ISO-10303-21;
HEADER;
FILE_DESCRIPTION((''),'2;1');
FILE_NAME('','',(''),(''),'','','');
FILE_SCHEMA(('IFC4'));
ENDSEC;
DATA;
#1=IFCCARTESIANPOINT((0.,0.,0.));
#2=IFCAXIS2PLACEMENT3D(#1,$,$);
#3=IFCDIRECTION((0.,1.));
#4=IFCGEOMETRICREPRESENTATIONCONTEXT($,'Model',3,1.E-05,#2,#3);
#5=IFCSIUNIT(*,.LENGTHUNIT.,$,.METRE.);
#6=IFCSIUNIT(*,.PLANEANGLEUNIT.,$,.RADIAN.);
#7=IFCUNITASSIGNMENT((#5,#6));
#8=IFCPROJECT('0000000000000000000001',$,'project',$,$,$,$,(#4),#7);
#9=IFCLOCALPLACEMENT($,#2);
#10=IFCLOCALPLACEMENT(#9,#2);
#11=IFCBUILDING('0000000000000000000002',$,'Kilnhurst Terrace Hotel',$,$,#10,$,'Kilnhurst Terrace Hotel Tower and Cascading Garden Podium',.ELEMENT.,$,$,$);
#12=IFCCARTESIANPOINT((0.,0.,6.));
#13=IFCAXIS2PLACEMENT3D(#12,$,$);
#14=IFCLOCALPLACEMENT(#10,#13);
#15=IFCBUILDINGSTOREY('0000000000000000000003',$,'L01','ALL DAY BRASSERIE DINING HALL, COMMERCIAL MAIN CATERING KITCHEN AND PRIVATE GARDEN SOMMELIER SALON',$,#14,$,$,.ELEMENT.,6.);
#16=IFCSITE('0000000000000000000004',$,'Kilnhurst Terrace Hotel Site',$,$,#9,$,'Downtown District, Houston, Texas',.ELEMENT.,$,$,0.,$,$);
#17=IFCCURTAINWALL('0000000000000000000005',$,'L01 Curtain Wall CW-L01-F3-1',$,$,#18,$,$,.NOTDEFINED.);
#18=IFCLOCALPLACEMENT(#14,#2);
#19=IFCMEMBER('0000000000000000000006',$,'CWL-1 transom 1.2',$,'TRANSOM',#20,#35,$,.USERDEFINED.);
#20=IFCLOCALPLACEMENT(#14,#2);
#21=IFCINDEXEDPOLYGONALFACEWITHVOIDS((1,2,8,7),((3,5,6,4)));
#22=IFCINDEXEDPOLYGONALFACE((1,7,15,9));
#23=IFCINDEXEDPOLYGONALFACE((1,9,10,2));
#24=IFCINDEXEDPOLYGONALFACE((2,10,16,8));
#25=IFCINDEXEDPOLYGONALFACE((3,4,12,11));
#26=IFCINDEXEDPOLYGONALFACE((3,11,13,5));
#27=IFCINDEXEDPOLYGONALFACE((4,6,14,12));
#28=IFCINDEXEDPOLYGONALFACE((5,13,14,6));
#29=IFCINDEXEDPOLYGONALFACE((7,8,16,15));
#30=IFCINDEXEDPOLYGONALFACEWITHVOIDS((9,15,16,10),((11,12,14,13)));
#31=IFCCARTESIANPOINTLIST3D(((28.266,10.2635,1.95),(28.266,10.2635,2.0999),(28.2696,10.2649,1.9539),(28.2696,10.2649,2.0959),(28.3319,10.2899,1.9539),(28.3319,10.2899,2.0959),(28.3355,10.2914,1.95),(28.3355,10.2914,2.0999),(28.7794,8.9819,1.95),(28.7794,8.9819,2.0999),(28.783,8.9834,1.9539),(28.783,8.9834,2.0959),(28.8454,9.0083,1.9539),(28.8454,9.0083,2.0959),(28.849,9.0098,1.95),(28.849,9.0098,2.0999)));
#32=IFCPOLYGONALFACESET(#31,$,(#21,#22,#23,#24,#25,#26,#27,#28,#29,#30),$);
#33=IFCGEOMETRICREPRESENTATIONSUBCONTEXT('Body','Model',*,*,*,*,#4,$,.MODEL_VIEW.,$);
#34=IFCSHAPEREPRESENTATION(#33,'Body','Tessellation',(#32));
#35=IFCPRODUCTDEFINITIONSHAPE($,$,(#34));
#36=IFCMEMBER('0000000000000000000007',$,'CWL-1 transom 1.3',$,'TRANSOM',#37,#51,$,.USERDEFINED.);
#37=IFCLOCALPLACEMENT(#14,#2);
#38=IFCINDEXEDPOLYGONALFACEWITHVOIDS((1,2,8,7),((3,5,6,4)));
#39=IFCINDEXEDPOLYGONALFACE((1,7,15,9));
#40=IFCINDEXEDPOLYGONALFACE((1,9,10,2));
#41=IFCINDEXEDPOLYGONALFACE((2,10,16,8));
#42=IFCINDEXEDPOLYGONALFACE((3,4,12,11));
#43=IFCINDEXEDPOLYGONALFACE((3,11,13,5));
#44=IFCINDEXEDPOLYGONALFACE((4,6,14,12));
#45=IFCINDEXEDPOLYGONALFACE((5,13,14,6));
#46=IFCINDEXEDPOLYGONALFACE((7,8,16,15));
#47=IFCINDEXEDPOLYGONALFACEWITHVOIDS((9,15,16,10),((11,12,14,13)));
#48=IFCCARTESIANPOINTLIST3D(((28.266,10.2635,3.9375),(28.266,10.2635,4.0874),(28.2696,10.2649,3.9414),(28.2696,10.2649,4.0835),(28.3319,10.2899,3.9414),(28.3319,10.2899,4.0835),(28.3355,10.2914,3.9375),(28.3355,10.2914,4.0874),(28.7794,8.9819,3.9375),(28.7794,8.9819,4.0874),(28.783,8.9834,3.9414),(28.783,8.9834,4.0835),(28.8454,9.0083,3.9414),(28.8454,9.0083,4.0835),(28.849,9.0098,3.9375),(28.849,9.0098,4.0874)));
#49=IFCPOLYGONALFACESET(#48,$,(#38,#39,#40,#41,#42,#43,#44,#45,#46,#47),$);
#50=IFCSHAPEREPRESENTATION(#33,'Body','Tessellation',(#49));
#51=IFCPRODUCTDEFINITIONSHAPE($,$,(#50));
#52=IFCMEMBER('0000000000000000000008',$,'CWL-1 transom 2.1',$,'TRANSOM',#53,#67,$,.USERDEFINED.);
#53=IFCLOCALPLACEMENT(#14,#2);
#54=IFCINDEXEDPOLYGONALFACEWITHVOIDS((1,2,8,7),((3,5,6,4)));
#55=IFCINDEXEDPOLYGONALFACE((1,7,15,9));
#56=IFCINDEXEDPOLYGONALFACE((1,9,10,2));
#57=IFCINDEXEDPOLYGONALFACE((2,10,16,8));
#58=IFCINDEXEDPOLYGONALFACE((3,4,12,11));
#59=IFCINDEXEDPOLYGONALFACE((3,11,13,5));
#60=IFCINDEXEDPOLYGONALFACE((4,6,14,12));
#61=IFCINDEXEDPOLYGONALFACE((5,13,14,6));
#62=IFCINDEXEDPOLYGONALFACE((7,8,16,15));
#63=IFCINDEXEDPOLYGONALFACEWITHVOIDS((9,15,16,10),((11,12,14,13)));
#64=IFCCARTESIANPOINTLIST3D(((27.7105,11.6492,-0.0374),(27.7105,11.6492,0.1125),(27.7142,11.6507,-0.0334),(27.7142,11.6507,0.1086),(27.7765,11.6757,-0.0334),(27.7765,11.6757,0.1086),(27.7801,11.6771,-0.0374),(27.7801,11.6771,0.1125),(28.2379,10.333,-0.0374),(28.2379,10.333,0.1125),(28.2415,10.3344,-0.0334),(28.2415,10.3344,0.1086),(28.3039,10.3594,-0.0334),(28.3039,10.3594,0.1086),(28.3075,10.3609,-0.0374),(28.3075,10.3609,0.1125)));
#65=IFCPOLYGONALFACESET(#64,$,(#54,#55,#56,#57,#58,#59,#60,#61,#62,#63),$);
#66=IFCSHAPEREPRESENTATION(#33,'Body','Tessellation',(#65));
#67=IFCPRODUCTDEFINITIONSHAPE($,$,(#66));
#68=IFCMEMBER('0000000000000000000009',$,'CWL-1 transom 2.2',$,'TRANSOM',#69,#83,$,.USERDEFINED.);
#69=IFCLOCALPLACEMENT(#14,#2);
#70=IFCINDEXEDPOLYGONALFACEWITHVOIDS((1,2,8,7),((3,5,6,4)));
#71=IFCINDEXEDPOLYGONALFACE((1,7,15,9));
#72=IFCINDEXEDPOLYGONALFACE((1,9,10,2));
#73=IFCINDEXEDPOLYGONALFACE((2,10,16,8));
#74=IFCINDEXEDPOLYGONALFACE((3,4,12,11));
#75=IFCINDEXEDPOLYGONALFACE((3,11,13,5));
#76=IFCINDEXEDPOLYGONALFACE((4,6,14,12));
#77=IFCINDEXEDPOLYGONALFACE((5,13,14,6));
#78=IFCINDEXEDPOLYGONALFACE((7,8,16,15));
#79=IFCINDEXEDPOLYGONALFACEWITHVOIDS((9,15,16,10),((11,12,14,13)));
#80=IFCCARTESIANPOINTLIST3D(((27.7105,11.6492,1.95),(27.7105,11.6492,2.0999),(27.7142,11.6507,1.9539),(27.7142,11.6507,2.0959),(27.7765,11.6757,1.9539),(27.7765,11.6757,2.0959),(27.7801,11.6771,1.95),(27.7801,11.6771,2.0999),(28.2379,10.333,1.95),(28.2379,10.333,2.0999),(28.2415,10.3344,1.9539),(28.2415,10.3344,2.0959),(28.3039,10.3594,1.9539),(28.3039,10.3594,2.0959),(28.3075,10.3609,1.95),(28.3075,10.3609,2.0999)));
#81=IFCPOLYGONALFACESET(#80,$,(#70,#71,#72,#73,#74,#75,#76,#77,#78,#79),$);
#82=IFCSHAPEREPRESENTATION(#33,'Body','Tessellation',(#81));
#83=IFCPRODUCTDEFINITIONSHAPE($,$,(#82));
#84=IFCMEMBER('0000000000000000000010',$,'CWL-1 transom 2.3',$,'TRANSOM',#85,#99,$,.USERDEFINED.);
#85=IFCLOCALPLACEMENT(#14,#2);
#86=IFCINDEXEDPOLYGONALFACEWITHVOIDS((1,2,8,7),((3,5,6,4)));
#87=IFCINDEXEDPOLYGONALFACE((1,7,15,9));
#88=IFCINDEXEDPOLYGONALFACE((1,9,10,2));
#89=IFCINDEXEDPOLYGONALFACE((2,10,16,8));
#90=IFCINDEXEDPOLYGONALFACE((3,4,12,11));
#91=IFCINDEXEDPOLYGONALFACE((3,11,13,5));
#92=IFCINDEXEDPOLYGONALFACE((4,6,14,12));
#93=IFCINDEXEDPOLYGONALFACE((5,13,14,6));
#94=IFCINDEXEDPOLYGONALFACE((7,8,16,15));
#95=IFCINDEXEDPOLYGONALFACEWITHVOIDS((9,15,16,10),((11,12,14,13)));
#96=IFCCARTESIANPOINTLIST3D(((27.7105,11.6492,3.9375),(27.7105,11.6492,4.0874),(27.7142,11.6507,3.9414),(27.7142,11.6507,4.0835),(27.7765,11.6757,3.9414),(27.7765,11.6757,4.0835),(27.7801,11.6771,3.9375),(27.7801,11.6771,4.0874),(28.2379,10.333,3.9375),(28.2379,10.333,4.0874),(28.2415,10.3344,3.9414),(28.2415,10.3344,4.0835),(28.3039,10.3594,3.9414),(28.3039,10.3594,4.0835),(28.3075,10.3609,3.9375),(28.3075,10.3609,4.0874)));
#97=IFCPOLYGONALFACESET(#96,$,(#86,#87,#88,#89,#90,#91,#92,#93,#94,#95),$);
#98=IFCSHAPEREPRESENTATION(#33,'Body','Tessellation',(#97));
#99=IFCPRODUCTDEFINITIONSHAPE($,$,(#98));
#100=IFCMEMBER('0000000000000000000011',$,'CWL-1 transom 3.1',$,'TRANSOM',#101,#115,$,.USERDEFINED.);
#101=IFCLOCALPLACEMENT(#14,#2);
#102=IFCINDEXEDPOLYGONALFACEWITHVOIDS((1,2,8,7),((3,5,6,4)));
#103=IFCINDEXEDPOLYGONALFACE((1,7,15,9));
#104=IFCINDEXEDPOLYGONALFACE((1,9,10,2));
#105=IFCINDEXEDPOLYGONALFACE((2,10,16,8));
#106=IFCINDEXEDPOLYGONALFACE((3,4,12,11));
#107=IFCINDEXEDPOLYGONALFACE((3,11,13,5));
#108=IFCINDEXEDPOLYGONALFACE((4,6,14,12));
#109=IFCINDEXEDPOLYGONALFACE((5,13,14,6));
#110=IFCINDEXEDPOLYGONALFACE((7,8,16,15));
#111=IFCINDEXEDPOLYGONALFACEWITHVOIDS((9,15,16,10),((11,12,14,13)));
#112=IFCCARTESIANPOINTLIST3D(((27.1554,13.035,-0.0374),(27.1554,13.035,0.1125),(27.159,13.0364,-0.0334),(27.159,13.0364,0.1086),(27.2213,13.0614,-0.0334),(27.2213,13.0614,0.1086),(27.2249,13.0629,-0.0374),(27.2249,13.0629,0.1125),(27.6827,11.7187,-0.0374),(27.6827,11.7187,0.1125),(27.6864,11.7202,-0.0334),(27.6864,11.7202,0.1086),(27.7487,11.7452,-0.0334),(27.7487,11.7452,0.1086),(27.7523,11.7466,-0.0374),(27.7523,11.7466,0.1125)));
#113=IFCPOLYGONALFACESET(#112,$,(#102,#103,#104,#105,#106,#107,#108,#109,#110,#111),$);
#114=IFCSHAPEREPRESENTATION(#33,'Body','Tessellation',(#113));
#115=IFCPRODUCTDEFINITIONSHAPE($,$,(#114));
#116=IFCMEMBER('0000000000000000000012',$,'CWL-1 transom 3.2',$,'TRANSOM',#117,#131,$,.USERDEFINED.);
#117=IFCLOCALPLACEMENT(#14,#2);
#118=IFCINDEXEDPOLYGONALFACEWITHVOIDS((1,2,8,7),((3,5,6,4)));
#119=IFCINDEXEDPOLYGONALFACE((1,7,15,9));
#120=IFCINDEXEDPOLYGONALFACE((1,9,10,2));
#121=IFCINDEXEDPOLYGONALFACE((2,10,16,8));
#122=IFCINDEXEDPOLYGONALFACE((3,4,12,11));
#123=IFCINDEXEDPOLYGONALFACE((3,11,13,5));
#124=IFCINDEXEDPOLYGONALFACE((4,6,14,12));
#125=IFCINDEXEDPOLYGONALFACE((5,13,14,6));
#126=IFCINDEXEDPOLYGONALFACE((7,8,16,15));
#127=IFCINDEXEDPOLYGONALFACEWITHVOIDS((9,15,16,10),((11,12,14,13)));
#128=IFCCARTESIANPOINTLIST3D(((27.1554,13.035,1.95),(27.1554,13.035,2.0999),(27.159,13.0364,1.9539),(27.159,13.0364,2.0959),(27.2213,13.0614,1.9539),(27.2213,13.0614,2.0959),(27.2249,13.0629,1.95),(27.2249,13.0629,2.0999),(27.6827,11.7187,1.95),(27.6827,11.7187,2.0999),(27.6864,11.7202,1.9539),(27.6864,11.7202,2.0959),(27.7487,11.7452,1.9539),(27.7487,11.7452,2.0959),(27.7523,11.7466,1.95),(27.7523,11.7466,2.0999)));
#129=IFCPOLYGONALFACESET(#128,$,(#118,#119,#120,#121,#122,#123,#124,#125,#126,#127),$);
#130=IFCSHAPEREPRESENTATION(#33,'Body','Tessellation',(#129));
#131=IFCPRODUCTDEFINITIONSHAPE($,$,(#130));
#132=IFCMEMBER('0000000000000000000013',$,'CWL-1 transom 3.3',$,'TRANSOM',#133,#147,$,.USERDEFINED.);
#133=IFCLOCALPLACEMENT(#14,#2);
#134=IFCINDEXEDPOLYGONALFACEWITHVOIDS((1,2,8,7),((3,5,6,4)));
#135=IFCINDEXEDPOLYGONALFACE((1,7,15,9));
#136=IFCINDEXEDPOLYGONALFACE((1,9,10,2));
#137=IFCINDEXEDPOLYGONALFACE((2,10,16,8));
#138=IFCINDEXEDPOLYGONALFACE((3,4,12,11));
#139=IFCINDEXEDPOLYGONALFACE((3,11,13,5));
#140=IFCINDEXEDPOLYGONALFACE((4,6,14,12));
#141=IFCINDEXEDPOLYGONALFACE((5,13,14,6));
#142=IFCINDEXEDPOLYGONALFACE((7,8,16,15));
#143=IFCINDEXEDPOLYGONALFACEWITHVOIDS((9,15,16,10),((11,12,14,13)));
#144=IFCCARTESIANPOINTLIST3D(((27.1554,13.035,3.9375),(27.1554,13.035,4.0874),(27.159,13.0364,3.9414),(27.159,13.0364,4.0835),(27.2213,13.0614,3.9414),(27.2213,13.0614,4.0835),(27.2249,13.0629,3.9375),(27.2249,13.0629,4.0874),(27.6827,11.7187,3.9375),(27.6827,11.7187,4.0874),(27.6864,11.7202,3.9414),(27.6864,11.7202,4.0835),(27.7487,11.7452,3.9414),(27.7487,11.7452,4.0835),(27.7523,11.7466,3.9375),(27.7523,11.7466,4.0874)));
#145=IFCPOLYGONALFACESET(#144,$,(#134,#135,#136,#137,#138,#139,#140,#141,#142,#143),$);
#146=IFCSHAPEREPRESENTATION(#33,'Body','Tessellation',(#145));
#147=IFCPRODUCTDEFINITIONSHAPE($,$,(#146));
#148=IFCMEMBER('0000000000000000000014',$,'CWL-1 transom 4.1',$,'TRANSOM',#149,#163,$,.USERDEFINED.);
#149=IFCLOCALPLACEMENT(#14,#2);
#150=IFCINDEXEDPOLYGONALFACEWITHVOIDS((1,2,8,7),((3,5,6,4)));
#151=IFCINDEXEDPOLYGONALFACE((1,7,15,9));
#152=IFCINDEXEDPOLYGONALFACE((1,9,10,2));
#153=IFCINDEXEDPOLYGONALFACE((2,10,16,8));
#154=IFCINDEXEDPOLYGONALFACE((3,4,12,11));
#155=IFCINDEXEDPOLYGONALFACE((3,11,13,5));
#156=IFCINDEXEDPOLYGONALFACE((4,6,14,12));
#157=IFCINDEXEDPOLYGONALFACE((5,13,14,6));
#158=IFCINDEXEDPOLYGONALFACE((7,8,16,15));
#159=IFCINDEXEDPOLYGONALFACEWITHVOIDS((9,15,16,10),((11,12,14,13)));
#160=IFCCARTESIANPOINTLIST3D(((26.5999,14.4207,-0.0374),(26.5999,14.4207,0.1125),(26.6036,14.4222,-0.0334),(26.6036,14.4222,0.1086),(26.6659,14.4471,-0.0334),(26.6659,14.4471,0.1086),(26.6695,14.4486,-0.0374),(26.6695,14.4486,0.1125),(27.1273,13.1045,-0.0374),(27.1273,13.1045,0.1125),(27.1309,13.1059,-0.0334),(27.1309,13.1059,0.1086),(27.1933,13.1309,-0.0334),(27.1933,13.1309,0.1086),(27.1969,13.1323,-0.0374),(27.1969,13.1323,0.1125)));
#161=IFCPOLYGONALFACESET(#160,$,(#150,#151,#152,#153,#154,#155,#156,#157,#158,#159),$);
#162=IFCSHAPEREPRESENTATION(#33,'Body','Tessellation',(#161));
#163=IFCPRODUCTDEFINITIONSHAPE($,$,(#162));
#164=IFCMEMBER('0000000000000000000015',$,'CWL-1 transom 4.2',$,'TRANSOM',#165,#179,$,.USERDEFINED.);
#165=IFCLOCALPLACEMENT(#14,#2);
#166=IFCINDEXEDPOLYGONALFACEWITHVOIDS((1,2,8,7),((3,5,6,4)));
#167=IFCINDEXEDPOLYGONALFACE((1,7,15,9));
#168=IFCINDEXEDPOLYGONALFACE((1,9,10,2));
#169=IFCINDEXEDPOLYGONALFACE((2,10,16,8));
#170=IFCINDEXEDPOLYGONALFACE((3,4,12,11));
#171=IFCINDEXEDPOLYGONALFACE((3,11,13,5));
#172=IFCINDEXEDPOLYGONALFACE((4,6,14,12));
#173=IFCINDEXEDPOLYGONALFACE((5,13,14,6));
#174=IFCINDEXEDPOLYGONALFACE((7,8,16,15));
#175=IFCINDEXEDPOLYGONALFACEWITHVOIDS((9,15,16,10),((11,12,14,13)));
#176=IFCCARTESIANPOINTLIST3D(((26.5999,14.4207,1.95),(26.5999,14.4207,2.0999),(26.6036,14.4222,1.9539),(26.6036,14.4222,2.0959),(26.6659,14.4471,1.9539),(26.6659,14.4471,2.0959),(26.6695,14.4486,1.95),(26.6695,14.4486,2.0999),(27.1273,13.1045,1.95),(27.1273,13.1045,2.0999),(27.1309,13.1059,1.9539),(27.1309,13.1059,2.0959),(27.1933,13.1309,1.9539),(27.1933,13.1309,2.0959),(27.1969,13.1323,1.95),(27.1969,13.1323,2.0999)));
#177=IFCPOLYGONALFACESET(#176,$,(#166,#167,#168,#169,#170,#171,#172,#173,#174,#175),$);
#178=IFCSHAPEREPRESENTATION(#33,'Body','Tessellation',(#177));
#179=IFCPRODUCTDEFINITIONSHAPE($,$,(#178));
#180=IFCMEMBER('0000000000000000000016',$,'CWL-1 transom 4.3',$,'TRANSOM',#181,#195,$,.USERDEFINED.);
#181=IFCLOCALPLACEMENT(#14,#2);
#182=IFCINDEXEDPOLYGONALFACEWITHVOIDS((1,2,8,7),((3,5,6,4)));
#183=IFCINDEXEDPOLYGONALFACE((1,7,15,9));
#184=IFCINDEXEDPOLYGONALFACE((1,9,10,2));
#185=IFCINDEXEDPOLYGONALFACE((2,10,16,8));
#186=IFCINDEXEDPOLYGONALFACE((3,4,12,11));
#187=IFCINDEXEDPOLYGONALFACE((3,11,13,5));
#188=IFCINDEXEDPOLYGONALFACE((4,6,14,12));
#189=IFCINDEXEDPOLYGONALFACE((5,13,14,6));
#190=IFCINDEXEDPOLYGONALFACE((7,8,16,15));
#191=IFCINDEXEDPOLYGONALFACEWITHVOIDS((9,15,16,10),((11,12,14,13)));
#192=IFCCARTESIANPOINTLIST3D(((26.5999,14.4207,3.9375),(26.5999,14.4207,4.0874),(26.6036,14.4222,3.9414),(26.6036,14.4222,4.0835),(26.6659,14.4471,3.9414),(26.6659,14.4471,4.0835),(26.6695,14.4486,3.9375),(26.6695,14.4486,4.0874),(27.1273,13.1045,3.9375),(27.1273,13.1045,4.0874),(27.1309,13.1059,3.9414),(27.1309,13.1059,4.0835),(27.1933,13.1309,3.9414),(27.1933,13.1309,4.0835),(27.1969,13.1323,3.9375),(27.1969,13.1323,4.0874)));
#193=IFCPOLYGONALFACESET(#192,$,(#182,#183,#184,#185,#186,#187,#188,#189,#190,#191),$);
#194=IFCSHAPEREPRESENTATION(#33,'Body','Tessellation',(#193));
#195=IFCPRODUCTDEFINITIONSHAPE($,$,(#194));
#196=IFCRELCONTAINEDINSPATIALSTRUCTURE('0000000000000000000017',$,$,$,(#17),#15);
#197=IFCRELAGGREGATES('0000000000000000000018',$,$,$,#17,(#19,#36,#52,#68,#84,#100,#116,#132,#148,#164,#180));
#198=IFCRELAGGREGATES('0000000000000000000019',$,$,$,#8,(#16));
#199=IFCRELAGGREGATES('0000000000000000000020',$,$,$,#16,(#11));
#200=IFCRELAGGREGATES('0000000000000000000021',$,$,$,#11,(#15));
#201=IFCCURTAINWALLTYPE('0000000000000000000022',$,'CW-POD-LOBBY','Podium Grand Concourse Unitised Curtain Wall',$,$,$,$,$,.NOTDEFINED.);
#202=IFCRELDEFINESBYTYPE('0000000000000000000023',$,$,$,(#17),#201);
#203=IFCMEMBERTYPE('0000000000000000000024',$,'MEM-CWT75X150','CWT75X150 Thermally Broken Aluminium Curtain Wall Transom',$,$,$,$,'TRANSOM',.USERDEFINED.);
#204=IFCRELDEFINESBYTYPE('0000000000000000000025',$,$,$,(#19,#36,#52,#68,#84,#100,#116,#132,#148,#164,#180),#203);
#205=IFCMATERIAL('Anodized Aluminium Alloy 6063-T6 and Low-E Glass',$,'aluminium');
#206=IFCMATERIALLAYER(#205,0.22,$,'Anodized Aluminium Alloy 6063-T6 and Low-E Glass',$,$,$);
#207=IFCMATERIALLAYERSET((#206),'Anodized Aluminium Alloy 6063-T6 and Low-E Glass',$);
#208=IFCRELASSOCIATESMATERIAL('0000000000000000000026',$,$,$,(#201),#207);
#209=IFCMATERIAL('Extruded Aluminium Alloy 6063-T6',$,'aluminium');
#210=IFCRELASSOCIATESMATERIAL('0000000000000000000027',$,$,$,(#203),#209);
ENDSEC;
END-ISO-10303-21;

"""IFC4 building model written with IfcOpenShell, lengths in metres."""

from ifc_helpers import new_model, si_unit, direction, frame, origin, origin_2d, place, context, subcontext, project, spatial, hollow_rectangle, extrude, material, layer, layer_set, material_profile, profile_set, type_object, element, aggregate, save


model = new_model("IFC4")

# Units and contexts
model_context = context("Model", 3, precision=1e-05, world=origin(), true_north=direction((0.0, 1.0)))
body_context = subcontext(model_context, "Body", "Model", "MODEL_VIEW")
ifc_project = project(units=[si_unit("LENGTHUNIT", "METRE"), si_unit("PLANEANGLEUNIT", "RADIAN")], contexts=[model_context])

# Site, building, storey
site_placement = place(None, origin())
site = spatial("IfcSite", under=ifc_project, at=site_placement, Name="Kilnhurst Terrace Hotel Site", LongName="Downtown District, Houston, Texas", CompositionType="ELEMENT", RefElevation=0.0)
building_placement = place(site_placement, origin())
building = spatial("IfcBuilding", under=site, at=building_placement, Name="Kilnhurst Terrace Hotel", LongName="Kilnhurst Terrace Hotel Tower and Cascading Garden Podium", CompositionType="ELEMENT")
storey_placement = place(building_placement, frame((0.0, 0.0, 6.0)))
storey = spatial("IfcBuildingStorey", under=building, at=storey_placement, Name="L01", Description="ALL DAY BRASSERIE DINING HALL, COMMERCIAL MAIN CATERING KITCHEN AND PRIVATE GARDEN SOMMELIER SALON", CompositionType="ELEMENT", Elevation=6.0)

# Curtain wall, members
ifc_material_1 = material(Name="Anodized Aluminium Alloy 6063-T6 and Low-E Glass", Category="aluminium")
ifc_layer_1 = layer(ifc_material_1, 0.22, Name="Anodized Aluminium Alloy 6063-T6 and Low-E Glass")
ifc_layer_set_1 = layer_set([ifc_layer_1], Name="Anodized Aluminium Alloy 6063-T6 and Low-E Glass")
curtain_wall_type = type_object("IfcCurtainWallType", Name="CW-POD-LOBBY", Description="Podium Grand Concourse Unitised Curtain Wall", PredefinedType="NOTDEFINED", material=ifc_layer_set_1)
curtain_wall_placement = place(storey_placement, origin())
curtain_wall = element("IfcCurtainWall", 1, at=curtain_wall_placement, inside=storey, type_object=curtain_wall_type, Name="L01 Curtain Wall CW-L01-F3-1", PredefinedType="NOTDEFINED")
ifc_material_2 = material(Name="Extruded Aluminium Alloy 6063-T6", Category="aluminium")
ifc_material_profile_1 = material_profile(ifc_material_2, hollow_rectangle(XDim=0.075, YDim=0.1499, WallThickness=0.0039, at=origin_2d()), Name="CWT75X150")
ifc_profile_set_1 = profile_set([ifc_material_profile_1], Name="Extruded Aluminium Alloy 6063-T6")
member_type_1 = type_object("IfcMemberType", Name="MEM-CWT75X150", Description="CWT75X150 Thermally Broken Aluminium Curtain Wall Transom", ElementType="TRANSOM", PredefinedType="USERDEFINED", material=ifc_profile_set_1)
member_1_placement = place(storey_placement, frame((28.8142, 8.9958, 2.0249), z_axis=(-0.371909, 0.928269, 0.0), x_axis=(-0.928269, -0.371909, 0.0)))
member_1 = element("IfcMember", 2, at=member_1_placement, type_object=member_type_1, Name="CWL-1 transom 1.2", ObjectType="TRANSOM", PredefinedType="USERDEFINED", context=body_context, shape_type="SweptSolid", body=[
    extrude(hollow_rectangle(XDim=0.075, YDim=0.1499, WallThickness=0.0039, at=origin_2d()), origin(), (0.0, 0.0, 1.0), 1.3806),
])
member_2_placement = place(storey_placement, frame((28.8142, 8.9958, 4.0125), z_axis=(-0.371909, 0.928269, 0.0), x_axis=(-0.928269, -0.371909, 0.0)))
member_2 = element("IfcMember", 3, at=member_2_placement, type_object=member_type_1, Name="CWL-1 transom 1.3", ObjectType="TRANSOM", PredefinedType="USERDEFINED", context=body_context, shape_type="SweptSolid", body=[
    extrude(hollow_rectangle(XDim=0.075, YDim=0.1499, WallThickness=0.0039, at=origin_2d()), origin(), (0.0, 0.0, 1.0), 1.3806),
])
member_3_placement = place(storey_placement, frame((28.2727, 10.3469, 0.0376), z_axis=(-0.371925, 0.928263, 0.0), x_axis=(-0.928263, -0.371925, 0.0)))
member_3 = element("IfcMember", 4, at=member_3_placement, type_object=member_type_1, Name="CWL-1 transom 2.1", ObjectType="TRANSOM", PredefinedType="USERDEFINED", context=body_context, shape_type="SweptSolid", body=[
    extrude(hollow_rectangle(XDim=0.075, YDim=0.1499, WallThickness=0.0039, at=origin_2d()), origin(), (0.0, 0.0, 1.0), 1.418),
])
member_4_placement = place(storey_placement, frame((28.2727, 10.3469, 2.0249), z_axis=(-0.371925, 0.928263, 0.0), x_axis=(-0.928263, -0.371925, 0.0)))
member_4 = element("IfcMember", 5, at=member_4_placement, type_object=member_type_1, Name="CWL-1 transom 2.2", ObjectType="TRANSOM", PredefinedType="USERDEFINED", context=body_context, shape_type="SweptSolid", body=[
    extrude(hollow_rectangle(XDim=0.075, YDim=0.1499, WallThickness=0.0039, at=origin_2d()), origin(), (0.0, 0.0, 1.0), 1.418),
])
member_5_placement = place(storey_placement, frame((28.2727, 10.3469, 4.0125), z_axis=(-0.371925, 0.928263, 0.0), x_axis=(-0.928263, -0.371925, 0.0)))
member_5 = element("IfcMember", 6, at=member_5_placement, type_object=member_type_1, Name="CWL-1 transom 2.3", ObjectType="TRANSOM", PredefinedType="USERDEFINED", context=body_context, shape_type="SweptSolid", body=[
    extrude(hollow_rectangle(XDim=0.075, YDim=0.1499, WallThickness=0.0039, at=origin_2d()), origin(), (0.0, 0.0, 1.0), 1.418),
])
member_6_placement = place(storey_placement, frame((27.7175, 11.7327, 0.0376), z_axis=(-0.371925, 0.928263, 0.0), x_axis=(-0.928263, -0.371925, 0.0)))
member_6 = element("IfcMember", 7, at=member_6_placement, type_object=member_type_1, Name="CWL-1 transom 3.1", ObjectType="TRANSOM", PredefinedType="USERDEFINED", context=body_context, shape_type="SweptSolid", body=[
    extrude(hollow_rectangle(XDim=0.075, YDim=0.1499, WallThickness=0.0039, at=origin_2d()), origin(), (0.0, 0.0, 1.0), 1.418),
])
member_7_placement = place(storey_placement, frame((27.7175, 11.7327, 2.0249), z_axis=(-0.371925, 0.928263, 0.0), x_axis=(-0.928263, -0.371925, 0.0)))
member_7 = element("IfcMember", 8, at=member_7_placement, type_object=member_type_1, Name="CWL-1 transom 3.2", ObjectType="TRANSOM", PredefinedType="USERDEFINED", context=body_context, shape_type="SweptSolid", body=[
    extrude(hollow_rectangle(XDim=0.075, YDim=0.1499, WallThickness=0.0039, at=origin_2d()), origin(), (0.0, 0.0, 1.0), 1.418),
])
member_8_placement = place(storey_placement, frame((27.7175, 11.7327, 4.0125), z_axis=(-0.371925, 0.928263, 0.0), x_axis=(-0.928263, -0.371925, 0.0)))
member_8 = element("IfcMember", 9, at=member_8_placement, type_object=member_type_1, Name="CWL-1 transom 3.3", ObjectType="TRANSOM", PredefinedType="USERDEFINED", context=body_context, shape_type="SweptSolid", body=[
    extrude(hollow_rectangle(XDim=0.075, YDim=0.1499, WallThickness=0.0039, at=origin_2d()), origin(), (0.0, 0.0, 1.0), 1.418),
])
member_9_placement = place(storey_placement, frame((27.1621, 13.1184, 0.0376), z_axis=(-0.371925, 0.928263, 0.0), x_axis=(-0.928263, -0.371925, 0.0)))
member_9 = element("IfcMember", 10, at=member_9_placement, type_object=member_type_1, Name="CWL-1 transom 4.1", ObjectType="TRANSOM", PredefinedType="USERDEFINED", context=body_context, shape_type="SweptSolid", body=[
    extrude(hollow_rectangle(XDim=0.075, YDim=0.1499, WallThickness=0.0039, at=origin_2d()), origin(), (0.0, 0.0, 1.0), 1.418),
])
member_10_placement = place(storey_placement, frame((27.1621, 13.1184, 2.0249), z_axis=(-0.371925, 0.928263, 0.0), x_axis=(-0.928263, -0.371925, 0.0)))
member_10 = element("IfcMember", 11, at=member_10_placement, type_object=member_type_1, Name="CWL-1 transom 4.2", ObjectType="TRANSOM", PredefinedType="USERDEFINED", context=body_context, shape_type="SweptSolid", body=[
    extrude(hollow_rectangle(XDim=0.075, YDim=0.1499, WallThickness=0.0039, at=origin_2d()), origin(), (0.0, 0.0, 1.0), 1.418),
])
member_11_placement = place(storey_placement, frame((27.1621, 13.1184, 4.0125), z_axis=(-0.371925, 0.928263, 0.0), x_axis=(-0.928263, -0.371925, 0.0)))
member_11 = element("IfcMember", 12, at=member_11_placement, type_object=member_type_1, Name="CWL-1 transom 4.3", ObjectType="TRANSOM", PredefinedType="USERDEFINED", context=body_context, shape_type="SweptSolid", body=[
    extrude(hollow_rectangle(XDim=0.075, YDim=0.1499, WallThickness=0.0039, at=origin_2d()), origin(), (0.0, 0.0, 1.0), 1.418),
])

aggregate(curtain_wall, [member_1, member_2, member_3, member_4, member_5, member_6, member_7, member_8, member_9, member_10, member_11])

save(model, "model.ifc")
